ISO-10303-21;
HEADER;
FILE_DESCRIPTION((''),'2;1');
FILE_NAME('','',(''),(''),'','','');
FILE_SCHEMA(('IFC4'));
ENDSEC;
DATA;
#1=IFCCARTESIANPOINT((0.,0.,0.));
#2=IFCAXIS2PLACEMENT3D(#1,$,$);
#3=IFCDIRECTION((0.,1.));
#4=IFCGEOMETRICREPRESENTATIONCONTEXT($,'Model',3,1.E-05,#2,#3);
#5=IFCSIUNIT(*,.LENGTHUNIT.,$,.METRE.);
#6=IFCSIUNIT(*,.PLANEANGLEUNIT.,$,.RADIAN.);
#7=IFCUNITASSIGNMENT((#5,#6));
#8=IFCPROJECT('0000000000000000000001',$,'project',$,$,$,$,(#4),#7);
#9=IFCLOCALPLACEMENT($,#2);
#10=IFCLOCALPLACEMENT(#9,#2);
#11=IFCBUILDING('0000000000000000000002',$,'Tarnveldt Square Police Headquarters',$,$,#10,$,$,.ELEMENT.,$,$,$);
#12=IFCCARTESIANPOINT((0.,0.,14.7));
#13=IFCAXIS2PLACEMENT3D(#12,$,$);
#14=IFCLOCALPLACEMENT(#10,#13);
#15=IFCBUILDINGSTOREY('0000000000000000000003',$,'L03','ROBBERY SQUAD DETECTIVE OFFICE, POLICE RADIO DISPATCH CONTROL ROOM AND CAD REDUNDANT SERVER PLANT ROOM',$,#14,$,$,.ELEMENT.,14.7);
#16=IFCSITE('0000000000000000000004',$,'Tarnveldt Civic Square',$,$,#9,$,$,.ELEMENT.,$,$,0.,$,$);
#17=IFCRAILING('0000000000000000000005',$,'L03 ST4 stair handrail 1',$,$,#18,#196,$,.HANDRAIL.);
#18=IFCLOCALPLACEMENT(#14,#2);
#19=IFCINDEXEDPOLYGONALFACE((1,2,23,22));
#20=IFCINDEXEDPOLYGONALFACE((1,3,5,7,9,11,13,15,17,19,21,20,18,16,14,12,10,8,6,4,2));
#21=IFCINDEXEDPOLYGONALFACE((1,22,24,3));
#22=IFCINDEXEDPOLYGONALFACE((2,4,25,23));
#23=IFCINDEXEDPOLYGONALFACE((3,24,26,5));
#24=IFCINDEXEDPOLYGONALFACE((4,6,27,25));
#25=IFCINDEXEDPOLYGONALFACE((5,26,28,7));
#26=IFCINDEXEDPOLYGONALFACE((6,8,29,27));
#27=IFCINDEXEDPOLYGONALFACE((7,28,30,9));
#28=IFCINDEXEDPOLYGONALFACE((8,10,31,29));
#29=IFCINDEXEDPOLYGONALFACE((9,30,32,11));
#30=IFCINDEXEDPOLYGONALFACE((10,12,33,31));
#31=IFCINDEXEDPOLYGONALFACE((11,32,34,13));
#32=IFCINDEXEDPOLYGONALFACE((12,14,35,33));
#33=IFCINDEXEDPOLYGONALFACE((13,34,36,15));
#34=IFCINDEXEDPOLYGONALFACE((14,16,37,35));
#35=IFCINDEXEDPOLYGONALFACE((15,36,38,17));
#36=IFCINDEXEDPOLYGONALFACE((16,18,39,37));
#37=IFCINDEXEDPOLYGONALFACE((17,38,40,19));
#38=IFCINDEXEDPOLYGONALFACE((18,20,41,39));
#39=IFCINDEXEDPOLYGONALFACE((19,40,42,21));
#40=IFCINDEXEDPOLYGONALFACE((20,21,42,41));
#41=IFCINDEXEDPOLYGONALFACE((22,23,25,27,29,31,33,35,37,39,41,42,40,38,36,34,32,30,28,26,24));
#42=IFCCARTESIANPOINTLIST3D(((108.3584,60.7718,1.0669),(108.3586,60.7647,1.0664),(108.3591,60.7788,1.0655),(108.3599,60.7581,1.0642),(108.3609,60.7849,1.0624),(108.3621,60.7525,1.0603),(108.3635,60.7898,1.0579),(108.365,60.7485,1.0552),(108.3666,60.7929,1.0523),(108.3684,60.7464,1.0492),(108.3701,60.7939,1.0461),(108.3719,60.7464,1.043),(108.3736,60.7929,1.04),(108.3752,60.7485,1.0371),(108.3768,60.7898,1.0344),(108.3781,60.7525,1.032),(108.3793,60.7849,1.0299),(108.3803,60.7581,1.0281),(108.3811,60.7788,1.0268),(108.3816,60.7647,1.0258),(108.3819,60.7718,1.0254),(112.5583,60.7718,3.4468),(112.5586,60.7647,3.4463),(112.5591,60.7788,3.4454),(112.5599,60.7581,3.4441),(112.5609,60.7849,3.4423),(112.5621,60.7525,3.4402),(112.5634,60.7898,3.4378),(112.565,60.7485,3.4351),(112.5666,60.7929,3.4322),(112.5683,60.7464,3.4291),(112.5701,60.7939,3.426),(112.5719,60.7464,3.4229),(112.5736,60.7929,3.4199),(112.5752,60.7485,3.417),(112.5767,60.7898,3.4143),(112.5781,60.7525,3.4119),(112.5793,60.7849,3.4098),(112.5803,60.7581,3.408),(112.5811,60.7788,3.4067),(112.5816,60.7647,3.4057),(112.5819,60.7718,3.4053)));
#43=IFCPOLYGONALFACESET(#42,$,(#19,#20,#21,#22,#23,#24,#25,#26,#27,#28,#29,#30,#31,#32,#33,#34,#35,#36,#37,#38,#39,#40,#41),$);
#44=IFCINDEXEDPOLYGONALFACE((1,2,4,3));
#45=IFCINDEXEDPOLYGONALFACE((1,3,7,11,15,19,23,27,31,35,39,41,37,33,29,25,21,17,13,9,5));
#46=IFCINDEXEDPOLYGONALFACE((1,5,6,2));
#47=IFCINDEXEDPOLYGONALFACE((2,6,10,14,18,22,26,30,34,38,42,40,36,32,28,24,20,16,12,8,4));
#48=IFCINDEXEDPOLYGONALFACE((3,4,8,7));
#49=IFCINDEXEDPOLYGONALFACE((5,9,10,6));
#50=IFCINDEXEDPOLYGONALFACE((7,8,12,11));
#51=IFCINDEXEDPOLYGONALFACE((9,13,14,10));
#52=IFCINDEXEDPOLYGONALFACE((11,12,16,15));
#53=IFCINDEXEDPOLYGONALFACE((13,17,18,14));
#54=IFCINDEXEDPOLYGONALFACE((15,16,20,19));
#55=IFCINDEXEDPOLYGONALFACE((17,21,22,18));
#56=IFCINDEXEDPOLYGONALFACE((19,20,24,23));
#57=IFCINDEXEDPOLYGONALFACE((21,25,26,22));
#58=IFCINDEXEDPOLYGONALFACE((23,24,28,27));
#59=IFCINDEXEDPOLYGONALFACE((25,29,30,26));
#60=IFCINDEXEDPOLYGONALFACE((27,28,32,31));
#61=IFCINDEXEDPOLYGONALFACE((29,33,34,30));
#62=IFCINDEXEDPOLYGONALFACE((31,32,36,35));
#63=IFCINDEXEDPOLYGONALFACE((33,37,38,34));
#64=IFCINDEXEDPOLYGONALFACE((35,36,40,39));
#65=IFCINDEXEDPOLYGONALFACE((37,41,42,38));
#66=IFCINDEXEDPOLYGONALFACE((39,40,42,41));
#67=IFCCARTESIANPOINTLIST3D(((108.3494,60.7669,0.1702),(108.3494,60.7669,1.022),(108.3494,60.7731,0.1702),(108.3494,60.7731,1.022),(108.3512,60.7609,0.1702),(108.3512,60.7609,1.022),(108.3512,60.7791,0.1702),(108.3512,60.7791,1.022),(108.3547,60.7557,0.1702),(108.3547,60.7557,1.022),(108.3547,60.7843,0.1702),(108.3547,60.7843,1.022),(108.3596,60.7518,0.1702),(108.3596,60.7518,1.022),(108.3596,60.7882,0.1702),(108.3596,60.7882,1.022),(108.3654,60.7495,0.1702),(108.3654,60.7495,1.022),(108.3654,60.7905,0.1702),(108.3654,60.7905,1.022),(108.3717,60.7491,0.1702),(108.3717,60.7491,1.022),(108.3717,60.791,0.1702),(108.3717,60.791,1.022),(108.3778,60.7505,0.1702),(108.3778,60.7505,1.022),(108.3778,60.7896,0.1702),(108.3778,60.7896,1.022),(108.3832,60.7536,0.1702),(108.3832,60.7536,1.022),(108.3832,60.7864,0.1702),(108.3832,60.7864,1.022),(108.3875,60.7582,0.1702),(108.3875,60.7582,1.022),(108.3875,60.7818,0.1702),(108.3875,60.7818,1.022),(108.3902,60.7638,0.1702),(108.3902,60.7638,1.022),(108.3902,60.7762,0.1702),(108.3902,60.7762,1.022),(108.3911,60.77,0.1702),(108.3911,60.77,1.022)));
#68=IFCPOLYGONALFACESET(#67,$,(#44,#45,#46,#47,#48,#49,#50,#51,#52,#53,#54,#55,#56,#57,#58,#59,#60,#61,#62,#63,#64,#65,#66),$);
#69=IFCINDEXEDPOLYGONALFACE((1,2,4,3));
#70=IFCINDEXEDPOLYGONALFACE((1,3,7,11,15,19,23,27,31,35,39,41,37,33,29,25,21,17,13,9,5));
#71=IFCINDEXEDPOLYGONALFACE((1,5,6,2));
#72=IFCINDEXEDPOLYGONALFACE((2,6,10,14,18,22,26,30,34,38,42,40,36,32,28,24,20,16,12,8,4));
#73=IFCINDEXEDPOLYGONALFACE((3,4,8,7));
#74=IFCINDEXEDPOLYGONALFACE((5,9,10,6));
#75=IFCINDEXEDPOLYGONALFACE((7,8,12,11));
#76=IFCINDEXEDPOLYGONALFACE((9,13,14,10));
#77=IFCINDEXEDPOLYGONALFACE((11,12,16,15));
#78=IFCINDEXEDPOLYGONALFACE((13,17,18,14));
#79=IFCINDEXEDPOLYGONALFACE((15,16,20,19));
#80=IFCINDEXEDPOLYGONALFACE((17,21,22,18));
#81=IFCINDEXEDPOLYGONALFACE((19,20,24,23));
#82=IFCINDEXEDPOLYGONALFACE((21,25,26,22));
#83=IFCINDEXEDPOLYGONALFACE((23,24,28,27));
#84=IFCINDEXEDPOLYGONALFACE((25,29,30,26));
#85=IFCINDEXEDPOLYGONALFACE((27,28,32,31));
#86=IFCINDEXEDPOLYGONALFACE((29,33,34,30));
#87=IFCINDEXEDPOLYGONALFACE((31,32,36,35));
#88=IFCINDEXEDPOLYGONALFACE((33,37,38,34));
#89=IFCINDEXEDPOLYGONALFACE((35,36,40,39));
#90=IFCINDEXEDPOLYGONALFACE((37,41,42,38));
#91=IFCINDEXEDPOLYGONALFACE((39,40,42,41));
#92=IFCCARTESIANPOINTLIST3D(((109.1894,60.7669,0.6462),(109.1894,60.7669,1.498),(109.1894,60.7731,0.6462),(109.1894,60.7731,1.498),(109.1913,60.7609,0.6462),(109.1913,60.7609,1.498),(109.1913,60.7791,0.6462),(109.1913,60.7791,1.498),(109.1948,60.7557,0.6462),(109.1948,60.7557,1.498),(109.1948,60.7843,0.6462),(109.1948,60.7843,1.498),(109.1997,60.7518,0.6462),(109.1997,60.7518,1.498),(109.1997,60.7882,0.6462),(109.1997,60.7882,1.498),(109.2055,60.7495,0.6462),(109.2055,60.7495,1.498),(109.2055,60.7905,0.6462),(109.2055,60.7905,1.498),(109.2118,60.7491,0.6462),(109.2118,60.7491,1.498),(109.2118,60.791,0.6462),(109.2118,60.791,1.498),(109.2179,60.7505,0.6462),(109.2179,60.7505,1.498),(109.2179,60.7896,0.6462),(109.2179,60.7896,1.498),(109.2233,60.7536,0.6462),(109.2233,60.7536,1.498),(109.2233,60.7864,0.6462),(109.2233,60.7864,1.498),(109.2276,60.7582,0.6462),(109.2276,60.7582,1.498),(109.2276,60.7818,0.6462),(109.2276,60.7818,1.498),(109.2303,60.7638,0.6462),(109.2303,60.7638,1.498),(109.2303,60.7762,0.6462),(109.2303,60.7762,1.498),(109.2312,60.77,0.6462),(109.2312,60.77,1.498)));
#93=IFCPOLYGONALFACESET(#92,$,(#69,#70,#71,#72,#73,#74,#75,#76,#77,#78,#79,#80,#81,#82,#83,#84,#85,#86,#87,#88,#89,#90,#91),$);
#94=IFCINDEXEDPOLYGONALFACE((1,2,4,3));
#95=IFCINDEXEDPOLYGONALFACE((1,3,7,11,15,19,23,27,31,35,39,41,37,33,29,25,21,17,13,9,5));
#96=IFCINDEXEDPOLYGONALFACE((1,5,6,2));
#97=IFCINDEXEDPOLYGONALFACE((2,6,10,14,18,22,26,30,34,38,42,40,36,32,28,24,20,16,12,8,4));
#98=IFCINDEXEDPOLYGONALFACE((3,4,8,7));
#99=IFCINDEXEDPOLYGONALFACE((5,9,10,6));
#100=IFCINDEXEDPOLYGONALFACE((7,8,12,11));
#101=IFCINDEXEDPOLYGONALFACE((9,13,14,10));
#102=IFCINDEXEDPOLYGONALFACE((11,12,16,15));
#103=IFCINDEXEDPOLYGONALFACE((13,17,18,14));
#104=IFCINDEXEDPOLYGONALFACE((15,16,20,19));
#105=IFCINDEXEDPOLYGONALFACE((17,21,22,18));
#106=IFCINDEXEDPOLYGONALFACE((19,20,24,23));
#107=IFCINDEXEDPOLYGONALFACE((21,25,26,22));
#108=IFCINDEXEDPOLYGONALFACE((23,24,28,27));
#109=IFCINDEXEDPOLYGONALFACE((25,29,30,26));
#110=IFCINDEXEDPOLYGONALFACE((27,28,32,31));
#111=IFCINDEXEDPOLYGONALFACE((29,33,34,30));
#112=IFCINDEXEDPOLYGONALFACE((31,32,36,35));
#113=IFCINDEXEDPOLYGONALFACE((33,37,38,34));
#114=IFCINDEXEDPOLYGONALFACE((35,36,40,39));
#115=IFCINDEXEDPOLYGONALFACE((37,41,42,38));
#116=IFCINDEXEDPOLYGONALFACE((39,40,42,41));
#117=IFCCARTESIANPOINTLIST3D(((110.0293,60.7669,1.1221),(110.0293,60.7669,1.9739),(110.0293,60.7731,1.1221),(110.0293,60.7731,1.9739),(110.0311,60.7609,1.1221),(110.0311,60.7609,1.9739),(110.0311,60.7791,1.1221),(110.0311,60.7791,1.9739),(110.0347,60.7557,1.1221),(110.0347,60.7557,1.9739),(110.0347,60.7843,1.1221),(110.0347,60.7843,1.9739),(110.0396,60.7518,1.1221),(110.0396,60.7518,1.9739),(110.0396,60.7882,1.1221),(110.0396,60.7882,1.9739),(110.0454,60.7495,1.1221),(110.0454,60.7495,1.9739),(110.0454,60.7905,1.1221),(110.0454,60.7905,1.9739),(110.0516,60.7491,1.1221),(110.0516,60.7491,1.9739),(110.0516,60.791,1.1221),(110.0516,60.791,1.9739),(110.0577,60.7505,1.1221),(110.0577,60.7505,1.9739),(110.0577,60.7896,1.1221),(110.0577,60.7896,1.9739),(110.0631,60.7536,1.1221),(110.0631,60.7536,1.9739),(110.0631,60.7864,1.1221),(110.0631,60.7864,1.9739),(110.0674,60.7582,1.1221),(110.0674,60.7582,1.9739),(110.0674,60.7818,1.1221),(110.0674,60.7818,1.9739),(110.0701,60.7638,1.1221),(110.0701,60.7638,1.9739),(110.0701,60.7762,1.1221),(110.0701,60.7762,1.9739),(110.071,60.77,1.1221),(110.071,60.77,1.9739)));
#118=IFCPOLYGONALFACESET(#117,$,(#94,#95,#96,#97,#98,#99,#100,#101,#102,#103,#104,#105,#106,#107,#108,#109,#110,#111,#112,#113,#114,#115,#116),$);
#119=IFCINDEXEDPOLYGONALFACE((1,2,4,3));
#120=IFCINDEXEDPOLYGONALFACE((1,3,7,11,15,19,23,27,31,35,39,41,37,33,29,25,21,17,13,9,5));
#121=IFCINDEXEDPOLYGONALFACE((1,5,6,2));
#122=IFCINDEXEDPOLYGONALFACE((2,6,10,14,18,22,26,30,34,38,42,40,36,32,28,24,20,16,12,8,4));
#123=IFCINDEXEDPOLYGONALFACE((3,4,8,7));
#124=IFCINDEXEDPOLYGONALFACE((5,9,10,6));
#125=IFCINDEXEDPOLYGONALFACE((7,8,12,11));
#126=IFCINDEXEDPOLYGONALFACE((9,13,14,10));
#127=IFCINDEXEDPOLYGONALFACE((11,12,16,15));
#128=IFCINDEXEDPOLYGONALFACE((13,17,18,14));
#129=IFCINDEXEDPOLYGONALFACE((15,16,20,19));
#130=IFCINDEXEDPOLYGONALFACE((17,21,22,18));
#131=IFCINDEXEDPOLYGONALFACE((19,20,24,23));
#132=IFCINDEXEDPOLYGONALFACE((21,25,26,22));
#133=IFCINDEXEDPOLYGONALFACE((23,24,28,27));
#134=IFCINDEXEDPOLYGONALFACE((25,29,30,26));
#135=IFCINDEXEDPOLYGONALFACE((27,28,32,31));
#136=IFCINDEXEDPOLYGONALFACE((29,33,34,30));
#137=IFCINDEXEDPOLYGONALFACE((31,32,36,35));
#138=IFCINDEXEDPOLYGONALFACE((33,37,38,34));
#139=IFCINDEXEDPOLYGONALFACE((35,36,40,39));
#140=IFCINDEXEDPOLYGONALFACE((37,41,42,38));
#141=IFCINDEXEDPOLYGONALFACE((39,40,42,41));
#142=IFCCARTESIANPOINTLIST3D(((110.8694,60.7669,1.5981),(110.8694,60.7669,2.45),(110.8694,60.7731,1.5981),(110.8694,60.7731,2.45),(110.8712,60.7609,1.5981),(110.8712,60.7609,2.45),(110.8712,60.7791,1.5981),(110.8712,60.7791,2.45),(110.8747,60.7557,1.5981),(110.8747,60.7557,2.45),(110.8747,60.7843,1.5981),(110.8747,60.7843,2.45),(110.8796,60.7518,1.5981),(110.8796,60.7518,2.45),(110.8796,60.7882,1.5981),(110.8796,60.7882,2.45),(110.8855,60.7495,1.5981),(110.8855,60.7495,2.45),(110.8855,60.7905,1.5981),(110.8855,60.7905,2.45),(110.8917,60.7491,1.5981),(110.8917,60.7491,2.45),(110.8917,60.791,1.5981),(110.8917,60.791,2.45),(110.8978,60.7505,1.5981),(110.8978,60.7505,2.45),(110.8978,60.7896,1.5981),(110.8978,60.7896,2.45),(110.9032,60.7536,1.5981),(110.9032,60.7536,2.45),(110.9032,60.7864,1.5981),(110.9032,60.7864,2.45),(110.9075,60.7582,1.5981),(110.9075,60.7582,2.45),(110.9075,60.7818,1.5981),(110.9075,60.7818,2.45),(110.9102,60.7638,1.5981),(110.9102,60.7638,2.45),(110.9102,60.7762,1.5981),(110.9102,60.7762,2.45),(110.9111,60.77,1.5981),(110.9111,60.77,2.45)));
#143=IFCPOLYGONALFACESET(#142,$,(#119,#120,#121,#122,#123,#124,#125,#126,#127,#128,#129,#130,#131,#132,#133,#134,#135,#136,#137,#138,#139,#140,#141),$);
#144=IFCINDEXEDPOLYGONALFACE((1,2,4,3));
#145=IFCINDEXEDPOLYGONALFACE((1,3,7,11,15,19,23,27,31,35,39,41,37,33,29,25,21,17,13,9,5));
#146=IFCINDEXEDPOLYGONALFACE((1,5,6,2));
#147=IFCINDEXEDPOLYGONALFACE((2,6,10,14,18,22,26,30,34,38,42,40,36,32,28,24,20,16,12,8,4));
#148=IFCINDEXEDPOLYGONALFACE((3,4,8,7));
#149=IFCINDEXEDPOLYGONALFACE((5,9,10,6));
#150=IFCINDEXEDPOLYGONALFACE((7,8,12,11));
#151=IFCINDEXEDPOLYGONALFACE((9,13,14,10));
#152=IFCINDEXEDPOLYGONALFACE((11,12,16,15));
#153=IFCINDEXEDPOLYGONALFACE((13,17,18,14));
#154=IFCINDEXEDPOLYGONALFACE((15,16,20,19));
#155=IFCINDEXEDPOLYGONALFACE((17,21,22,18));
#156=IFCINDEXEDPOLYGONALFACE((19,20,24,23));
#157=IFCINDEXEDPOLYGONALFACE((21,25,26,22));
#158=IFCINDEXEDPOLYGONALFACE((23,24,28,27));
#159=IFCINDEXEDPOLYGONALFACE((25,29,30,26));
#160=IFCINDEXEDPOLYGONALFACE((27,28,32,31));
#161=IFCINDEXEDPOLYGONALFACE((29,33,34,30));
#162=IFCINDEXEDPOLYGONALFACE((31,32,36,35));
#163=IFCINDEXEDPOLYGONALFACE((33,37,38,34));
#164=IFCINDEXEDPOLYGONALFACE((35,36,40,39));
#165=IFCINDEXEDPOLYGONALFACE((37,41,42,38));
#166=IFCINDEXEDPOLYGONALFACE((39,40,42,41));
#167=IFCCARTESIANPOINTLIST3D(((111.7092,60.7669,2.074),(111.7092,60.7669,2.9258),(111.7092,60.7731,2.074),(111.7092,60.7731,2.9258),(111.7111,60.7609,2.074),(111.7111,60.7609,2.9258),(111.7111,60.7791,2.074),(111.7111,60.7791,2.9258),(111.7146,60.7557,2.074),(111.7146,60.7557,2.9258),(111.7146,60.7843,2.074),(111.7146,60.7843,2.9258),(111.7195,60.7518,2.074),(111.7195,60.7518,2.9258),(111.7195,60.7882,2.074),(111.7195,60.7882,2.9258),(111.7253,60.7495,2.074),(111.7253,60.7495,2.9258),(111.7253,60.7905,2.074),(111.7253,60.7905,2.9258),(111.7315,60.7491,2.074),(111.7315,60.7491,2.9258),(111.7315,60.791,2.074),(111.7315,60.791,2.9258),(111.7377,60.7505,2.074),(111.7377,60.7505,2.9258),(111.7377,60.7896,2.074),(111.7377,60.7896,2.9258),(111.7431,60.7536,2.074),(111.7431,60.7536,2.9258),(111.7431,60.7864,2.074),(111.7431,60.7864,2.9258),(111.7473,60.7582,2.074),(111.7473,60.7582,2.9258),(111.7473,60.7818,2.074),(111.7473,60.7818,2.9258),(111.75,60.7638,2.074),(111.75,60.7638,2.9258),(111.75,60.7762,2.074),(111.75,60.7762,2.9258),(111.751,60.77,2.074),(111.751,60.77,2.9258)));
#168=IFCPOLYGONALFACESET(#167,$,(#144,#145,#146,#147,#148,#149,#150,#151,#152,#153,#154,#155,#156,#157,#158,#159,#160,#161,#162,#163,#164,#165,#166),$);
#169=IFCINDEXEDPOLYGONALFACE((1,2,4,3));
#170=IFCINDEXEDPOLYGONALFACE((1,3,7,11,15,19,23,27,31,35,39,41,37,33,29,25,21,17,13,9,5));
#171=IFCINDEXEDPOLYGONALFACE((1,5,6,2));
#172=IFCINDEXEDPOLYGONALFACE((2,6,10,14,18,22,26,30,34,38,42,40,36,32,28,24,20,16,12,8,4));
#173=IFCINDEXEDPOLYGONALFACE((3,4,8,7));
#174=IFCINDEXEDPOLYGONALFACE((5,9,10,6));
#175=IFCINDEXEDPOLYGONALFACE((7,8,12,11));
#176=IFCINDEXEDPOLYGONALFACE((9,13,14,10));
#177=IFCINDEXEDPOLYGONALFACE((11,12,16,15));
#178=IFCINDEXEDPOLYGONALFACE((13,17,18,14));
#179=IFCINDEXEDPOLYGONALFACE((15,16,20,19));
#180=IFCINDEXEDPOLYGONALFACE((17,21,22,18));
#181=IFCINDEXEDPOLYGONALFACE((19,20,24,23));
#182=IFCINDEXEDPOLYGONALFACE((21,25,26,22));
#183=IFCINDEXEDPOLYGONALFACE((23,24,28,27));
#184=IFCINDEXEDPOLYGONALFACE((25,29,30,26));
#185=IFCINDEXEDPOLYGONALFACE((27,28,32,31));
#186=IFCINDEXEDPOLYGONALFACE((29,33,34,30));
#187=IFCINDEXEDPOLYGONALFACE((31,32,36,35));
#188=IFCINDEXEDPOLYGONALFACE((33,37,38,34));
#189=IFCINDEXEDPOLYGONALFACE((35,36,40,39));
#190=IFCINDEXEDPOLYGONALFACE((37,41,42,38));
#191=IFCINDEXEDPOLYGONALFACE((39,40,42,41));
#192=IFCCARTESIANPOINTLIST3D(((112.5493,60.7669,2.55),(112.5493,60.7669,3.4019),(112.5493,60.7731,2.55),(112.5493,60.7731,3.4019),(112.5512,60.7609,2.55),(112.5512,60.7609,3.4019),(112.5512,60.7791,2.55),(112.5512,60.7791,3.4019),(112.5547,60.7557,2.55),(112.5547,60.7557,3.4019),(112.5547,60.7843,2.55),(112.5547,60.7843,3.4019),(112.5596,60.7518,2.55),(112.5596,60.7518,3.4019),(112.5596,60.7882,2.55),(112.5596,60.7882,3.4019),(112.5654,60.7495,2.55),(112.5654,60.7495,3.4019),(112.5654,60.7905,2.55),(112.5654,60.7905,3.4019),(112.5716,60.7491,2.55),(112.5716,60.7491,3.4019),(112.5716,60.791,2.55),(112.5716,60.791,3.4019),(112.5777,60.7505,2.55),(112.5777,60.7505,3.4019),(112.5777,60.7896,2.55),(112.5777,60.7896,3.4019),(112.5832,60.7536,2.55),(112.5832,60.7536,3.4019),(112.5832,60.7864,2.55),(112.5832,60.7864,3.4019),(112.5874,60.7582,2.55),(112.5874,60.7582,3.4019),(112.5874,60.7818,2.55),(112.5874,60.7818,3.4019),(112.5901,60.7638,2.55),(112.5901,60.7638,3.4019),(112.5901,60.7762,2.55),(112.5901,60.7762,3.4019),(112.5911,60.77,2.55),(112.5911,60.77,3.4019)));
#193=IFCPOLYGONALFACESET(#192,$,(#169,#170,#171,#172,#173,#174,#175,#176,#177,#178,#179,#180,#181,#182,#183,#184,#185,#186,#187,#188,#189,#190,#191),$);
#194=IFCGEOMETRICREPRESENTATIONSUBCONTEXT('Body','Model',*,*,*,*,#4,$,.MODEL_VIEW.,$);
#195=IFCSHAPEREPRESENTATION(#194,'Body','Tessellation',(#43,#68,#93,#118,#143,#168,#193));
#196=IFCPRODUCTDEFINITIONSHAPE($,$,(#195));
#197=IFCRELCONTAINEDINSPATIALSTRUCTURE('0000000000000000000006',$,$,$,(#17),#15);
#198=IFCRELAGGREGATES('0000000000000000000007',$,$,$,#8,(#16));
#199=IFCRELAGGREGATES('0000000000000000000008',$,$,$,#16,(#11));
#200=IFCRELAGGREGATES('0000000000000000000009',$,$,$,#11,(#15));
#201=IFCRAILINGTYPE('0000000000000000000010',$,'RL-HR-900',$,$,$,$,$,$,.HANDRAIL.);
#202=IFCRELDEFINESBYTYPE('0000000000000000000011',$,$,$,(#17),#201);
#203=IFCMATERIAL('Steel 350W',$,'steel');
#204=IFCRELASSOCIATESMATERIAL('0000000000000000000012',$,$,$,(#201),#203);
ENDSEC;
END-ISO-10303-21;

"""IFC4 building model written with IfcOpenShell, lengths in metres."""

from ifc_helpers import new_model, si_unit, direction, frame, origin, origin_2d, place, context, subcontext, project, spatial, circle, extrude, material, type_object, element, save


model = new_model("IFC4")

# Units and contexts
model_context = context("Model", 3, precision=1e-05, world=origin(), true_north=direction((0.0, 1.0)))
body_context = subcontext(model_context, "Body", "Model", "MODEL_VIEW")
ifc_project = project(units=[si_unit("LENGTHUNIT", "METRE"), si_unit("PLANEANGLEUNIT", "RADIAN")], contexts=[model_context])

# Site, building, storey
site_placement = place(None, origin())
site = spatial("IfcSite", under=ifc_project, at=site_placement, Name="Tarnveldt Civic Square", CompositionType="ELEMENT", RefElevation=0.0)
building_placement = place(site_placement, origin())
building = spatial("IfcBuilding", under=site, at=building_placement, Name="Tarnveldt Square Police Headquarters", CompositionType="ELEMENT")
storey_placement = place(building_placement, frame((0.0, 0.0, 14.7)))
storey = spatial("IfcBuildingStorey", under=building, at=storey_placement, Name="L03", Description="ROBBERY SQUAD DETECTIVE OFFICE, POLICE RADIO DISPATCH CONTROL ROOM AND CAD REDUNDANT SERVER PLANT ROOM", CompositionType="ELEMENT", Elevation=14.7)

# Shared definitions
ifc_material_1 = material(Name="Steel 350W", Category="steel")

# Railing
railing_type_1 = type_object("IfcRailingType", Name="RL-HR-900", PredefinedType="HANDRAIL", material=ifc_material_1)
railing_1_placement = place(storey_placement, frame((108.3701, 60.77, 0.1702)))
element("IfcRailing", 1, at=railing_1_placement, inside=storey, type_object=railing_type_1, Name="L03 ST4 stair handrail 1", PredefinedType="HANDRAIL", context=body_context, shape_type="SweptSolid", body=[
    extrude(circle(Radius=0.0239, at=origin_2d()), frame((0.0, 0.0, 0.876), z_axis=(0.87003, 0.0, 0.492999), x_axis=(0.0, 1.0, 0.0)), (0.0, 0.0, 1.0), 4.8274),
    extrude(circle(Radius=0.021, at=origin_2d()), origin(), (0.0, 0.0, 1.0), 0.8518),
    extrude(circle(Radius=0.021, at=origin_2d()), frame((0.8401, 0.0, 0.4761)), (0.0, 0.0, 1.0), 0.8518),
    extrude(circle(Radius=0.021, at=origin_2d()), frame((1.6799, 0.0, 0.9519)), (0.0, 0.0, 1.0), 0.8518),
    extrude(circle(Radius=0.021, at=origin_2d()), frame((2.52, 0.0, 1.428)), (0.0, 0.0, 1.0), 0.8518),
    extrude(circle(Radius=0.021, at=origin_2d()), frame((3.3599, 0.0, 1.9038)), (0.0, 0.0, 1.0), 0.8518),
    extrude(circle(Radius=0.021, at=origin_2d()), frame((4.2, 0.0, 2.3799)), (0.0, 0.0, 1.0), 0.8518),
])

save(model, "model.ifc")
